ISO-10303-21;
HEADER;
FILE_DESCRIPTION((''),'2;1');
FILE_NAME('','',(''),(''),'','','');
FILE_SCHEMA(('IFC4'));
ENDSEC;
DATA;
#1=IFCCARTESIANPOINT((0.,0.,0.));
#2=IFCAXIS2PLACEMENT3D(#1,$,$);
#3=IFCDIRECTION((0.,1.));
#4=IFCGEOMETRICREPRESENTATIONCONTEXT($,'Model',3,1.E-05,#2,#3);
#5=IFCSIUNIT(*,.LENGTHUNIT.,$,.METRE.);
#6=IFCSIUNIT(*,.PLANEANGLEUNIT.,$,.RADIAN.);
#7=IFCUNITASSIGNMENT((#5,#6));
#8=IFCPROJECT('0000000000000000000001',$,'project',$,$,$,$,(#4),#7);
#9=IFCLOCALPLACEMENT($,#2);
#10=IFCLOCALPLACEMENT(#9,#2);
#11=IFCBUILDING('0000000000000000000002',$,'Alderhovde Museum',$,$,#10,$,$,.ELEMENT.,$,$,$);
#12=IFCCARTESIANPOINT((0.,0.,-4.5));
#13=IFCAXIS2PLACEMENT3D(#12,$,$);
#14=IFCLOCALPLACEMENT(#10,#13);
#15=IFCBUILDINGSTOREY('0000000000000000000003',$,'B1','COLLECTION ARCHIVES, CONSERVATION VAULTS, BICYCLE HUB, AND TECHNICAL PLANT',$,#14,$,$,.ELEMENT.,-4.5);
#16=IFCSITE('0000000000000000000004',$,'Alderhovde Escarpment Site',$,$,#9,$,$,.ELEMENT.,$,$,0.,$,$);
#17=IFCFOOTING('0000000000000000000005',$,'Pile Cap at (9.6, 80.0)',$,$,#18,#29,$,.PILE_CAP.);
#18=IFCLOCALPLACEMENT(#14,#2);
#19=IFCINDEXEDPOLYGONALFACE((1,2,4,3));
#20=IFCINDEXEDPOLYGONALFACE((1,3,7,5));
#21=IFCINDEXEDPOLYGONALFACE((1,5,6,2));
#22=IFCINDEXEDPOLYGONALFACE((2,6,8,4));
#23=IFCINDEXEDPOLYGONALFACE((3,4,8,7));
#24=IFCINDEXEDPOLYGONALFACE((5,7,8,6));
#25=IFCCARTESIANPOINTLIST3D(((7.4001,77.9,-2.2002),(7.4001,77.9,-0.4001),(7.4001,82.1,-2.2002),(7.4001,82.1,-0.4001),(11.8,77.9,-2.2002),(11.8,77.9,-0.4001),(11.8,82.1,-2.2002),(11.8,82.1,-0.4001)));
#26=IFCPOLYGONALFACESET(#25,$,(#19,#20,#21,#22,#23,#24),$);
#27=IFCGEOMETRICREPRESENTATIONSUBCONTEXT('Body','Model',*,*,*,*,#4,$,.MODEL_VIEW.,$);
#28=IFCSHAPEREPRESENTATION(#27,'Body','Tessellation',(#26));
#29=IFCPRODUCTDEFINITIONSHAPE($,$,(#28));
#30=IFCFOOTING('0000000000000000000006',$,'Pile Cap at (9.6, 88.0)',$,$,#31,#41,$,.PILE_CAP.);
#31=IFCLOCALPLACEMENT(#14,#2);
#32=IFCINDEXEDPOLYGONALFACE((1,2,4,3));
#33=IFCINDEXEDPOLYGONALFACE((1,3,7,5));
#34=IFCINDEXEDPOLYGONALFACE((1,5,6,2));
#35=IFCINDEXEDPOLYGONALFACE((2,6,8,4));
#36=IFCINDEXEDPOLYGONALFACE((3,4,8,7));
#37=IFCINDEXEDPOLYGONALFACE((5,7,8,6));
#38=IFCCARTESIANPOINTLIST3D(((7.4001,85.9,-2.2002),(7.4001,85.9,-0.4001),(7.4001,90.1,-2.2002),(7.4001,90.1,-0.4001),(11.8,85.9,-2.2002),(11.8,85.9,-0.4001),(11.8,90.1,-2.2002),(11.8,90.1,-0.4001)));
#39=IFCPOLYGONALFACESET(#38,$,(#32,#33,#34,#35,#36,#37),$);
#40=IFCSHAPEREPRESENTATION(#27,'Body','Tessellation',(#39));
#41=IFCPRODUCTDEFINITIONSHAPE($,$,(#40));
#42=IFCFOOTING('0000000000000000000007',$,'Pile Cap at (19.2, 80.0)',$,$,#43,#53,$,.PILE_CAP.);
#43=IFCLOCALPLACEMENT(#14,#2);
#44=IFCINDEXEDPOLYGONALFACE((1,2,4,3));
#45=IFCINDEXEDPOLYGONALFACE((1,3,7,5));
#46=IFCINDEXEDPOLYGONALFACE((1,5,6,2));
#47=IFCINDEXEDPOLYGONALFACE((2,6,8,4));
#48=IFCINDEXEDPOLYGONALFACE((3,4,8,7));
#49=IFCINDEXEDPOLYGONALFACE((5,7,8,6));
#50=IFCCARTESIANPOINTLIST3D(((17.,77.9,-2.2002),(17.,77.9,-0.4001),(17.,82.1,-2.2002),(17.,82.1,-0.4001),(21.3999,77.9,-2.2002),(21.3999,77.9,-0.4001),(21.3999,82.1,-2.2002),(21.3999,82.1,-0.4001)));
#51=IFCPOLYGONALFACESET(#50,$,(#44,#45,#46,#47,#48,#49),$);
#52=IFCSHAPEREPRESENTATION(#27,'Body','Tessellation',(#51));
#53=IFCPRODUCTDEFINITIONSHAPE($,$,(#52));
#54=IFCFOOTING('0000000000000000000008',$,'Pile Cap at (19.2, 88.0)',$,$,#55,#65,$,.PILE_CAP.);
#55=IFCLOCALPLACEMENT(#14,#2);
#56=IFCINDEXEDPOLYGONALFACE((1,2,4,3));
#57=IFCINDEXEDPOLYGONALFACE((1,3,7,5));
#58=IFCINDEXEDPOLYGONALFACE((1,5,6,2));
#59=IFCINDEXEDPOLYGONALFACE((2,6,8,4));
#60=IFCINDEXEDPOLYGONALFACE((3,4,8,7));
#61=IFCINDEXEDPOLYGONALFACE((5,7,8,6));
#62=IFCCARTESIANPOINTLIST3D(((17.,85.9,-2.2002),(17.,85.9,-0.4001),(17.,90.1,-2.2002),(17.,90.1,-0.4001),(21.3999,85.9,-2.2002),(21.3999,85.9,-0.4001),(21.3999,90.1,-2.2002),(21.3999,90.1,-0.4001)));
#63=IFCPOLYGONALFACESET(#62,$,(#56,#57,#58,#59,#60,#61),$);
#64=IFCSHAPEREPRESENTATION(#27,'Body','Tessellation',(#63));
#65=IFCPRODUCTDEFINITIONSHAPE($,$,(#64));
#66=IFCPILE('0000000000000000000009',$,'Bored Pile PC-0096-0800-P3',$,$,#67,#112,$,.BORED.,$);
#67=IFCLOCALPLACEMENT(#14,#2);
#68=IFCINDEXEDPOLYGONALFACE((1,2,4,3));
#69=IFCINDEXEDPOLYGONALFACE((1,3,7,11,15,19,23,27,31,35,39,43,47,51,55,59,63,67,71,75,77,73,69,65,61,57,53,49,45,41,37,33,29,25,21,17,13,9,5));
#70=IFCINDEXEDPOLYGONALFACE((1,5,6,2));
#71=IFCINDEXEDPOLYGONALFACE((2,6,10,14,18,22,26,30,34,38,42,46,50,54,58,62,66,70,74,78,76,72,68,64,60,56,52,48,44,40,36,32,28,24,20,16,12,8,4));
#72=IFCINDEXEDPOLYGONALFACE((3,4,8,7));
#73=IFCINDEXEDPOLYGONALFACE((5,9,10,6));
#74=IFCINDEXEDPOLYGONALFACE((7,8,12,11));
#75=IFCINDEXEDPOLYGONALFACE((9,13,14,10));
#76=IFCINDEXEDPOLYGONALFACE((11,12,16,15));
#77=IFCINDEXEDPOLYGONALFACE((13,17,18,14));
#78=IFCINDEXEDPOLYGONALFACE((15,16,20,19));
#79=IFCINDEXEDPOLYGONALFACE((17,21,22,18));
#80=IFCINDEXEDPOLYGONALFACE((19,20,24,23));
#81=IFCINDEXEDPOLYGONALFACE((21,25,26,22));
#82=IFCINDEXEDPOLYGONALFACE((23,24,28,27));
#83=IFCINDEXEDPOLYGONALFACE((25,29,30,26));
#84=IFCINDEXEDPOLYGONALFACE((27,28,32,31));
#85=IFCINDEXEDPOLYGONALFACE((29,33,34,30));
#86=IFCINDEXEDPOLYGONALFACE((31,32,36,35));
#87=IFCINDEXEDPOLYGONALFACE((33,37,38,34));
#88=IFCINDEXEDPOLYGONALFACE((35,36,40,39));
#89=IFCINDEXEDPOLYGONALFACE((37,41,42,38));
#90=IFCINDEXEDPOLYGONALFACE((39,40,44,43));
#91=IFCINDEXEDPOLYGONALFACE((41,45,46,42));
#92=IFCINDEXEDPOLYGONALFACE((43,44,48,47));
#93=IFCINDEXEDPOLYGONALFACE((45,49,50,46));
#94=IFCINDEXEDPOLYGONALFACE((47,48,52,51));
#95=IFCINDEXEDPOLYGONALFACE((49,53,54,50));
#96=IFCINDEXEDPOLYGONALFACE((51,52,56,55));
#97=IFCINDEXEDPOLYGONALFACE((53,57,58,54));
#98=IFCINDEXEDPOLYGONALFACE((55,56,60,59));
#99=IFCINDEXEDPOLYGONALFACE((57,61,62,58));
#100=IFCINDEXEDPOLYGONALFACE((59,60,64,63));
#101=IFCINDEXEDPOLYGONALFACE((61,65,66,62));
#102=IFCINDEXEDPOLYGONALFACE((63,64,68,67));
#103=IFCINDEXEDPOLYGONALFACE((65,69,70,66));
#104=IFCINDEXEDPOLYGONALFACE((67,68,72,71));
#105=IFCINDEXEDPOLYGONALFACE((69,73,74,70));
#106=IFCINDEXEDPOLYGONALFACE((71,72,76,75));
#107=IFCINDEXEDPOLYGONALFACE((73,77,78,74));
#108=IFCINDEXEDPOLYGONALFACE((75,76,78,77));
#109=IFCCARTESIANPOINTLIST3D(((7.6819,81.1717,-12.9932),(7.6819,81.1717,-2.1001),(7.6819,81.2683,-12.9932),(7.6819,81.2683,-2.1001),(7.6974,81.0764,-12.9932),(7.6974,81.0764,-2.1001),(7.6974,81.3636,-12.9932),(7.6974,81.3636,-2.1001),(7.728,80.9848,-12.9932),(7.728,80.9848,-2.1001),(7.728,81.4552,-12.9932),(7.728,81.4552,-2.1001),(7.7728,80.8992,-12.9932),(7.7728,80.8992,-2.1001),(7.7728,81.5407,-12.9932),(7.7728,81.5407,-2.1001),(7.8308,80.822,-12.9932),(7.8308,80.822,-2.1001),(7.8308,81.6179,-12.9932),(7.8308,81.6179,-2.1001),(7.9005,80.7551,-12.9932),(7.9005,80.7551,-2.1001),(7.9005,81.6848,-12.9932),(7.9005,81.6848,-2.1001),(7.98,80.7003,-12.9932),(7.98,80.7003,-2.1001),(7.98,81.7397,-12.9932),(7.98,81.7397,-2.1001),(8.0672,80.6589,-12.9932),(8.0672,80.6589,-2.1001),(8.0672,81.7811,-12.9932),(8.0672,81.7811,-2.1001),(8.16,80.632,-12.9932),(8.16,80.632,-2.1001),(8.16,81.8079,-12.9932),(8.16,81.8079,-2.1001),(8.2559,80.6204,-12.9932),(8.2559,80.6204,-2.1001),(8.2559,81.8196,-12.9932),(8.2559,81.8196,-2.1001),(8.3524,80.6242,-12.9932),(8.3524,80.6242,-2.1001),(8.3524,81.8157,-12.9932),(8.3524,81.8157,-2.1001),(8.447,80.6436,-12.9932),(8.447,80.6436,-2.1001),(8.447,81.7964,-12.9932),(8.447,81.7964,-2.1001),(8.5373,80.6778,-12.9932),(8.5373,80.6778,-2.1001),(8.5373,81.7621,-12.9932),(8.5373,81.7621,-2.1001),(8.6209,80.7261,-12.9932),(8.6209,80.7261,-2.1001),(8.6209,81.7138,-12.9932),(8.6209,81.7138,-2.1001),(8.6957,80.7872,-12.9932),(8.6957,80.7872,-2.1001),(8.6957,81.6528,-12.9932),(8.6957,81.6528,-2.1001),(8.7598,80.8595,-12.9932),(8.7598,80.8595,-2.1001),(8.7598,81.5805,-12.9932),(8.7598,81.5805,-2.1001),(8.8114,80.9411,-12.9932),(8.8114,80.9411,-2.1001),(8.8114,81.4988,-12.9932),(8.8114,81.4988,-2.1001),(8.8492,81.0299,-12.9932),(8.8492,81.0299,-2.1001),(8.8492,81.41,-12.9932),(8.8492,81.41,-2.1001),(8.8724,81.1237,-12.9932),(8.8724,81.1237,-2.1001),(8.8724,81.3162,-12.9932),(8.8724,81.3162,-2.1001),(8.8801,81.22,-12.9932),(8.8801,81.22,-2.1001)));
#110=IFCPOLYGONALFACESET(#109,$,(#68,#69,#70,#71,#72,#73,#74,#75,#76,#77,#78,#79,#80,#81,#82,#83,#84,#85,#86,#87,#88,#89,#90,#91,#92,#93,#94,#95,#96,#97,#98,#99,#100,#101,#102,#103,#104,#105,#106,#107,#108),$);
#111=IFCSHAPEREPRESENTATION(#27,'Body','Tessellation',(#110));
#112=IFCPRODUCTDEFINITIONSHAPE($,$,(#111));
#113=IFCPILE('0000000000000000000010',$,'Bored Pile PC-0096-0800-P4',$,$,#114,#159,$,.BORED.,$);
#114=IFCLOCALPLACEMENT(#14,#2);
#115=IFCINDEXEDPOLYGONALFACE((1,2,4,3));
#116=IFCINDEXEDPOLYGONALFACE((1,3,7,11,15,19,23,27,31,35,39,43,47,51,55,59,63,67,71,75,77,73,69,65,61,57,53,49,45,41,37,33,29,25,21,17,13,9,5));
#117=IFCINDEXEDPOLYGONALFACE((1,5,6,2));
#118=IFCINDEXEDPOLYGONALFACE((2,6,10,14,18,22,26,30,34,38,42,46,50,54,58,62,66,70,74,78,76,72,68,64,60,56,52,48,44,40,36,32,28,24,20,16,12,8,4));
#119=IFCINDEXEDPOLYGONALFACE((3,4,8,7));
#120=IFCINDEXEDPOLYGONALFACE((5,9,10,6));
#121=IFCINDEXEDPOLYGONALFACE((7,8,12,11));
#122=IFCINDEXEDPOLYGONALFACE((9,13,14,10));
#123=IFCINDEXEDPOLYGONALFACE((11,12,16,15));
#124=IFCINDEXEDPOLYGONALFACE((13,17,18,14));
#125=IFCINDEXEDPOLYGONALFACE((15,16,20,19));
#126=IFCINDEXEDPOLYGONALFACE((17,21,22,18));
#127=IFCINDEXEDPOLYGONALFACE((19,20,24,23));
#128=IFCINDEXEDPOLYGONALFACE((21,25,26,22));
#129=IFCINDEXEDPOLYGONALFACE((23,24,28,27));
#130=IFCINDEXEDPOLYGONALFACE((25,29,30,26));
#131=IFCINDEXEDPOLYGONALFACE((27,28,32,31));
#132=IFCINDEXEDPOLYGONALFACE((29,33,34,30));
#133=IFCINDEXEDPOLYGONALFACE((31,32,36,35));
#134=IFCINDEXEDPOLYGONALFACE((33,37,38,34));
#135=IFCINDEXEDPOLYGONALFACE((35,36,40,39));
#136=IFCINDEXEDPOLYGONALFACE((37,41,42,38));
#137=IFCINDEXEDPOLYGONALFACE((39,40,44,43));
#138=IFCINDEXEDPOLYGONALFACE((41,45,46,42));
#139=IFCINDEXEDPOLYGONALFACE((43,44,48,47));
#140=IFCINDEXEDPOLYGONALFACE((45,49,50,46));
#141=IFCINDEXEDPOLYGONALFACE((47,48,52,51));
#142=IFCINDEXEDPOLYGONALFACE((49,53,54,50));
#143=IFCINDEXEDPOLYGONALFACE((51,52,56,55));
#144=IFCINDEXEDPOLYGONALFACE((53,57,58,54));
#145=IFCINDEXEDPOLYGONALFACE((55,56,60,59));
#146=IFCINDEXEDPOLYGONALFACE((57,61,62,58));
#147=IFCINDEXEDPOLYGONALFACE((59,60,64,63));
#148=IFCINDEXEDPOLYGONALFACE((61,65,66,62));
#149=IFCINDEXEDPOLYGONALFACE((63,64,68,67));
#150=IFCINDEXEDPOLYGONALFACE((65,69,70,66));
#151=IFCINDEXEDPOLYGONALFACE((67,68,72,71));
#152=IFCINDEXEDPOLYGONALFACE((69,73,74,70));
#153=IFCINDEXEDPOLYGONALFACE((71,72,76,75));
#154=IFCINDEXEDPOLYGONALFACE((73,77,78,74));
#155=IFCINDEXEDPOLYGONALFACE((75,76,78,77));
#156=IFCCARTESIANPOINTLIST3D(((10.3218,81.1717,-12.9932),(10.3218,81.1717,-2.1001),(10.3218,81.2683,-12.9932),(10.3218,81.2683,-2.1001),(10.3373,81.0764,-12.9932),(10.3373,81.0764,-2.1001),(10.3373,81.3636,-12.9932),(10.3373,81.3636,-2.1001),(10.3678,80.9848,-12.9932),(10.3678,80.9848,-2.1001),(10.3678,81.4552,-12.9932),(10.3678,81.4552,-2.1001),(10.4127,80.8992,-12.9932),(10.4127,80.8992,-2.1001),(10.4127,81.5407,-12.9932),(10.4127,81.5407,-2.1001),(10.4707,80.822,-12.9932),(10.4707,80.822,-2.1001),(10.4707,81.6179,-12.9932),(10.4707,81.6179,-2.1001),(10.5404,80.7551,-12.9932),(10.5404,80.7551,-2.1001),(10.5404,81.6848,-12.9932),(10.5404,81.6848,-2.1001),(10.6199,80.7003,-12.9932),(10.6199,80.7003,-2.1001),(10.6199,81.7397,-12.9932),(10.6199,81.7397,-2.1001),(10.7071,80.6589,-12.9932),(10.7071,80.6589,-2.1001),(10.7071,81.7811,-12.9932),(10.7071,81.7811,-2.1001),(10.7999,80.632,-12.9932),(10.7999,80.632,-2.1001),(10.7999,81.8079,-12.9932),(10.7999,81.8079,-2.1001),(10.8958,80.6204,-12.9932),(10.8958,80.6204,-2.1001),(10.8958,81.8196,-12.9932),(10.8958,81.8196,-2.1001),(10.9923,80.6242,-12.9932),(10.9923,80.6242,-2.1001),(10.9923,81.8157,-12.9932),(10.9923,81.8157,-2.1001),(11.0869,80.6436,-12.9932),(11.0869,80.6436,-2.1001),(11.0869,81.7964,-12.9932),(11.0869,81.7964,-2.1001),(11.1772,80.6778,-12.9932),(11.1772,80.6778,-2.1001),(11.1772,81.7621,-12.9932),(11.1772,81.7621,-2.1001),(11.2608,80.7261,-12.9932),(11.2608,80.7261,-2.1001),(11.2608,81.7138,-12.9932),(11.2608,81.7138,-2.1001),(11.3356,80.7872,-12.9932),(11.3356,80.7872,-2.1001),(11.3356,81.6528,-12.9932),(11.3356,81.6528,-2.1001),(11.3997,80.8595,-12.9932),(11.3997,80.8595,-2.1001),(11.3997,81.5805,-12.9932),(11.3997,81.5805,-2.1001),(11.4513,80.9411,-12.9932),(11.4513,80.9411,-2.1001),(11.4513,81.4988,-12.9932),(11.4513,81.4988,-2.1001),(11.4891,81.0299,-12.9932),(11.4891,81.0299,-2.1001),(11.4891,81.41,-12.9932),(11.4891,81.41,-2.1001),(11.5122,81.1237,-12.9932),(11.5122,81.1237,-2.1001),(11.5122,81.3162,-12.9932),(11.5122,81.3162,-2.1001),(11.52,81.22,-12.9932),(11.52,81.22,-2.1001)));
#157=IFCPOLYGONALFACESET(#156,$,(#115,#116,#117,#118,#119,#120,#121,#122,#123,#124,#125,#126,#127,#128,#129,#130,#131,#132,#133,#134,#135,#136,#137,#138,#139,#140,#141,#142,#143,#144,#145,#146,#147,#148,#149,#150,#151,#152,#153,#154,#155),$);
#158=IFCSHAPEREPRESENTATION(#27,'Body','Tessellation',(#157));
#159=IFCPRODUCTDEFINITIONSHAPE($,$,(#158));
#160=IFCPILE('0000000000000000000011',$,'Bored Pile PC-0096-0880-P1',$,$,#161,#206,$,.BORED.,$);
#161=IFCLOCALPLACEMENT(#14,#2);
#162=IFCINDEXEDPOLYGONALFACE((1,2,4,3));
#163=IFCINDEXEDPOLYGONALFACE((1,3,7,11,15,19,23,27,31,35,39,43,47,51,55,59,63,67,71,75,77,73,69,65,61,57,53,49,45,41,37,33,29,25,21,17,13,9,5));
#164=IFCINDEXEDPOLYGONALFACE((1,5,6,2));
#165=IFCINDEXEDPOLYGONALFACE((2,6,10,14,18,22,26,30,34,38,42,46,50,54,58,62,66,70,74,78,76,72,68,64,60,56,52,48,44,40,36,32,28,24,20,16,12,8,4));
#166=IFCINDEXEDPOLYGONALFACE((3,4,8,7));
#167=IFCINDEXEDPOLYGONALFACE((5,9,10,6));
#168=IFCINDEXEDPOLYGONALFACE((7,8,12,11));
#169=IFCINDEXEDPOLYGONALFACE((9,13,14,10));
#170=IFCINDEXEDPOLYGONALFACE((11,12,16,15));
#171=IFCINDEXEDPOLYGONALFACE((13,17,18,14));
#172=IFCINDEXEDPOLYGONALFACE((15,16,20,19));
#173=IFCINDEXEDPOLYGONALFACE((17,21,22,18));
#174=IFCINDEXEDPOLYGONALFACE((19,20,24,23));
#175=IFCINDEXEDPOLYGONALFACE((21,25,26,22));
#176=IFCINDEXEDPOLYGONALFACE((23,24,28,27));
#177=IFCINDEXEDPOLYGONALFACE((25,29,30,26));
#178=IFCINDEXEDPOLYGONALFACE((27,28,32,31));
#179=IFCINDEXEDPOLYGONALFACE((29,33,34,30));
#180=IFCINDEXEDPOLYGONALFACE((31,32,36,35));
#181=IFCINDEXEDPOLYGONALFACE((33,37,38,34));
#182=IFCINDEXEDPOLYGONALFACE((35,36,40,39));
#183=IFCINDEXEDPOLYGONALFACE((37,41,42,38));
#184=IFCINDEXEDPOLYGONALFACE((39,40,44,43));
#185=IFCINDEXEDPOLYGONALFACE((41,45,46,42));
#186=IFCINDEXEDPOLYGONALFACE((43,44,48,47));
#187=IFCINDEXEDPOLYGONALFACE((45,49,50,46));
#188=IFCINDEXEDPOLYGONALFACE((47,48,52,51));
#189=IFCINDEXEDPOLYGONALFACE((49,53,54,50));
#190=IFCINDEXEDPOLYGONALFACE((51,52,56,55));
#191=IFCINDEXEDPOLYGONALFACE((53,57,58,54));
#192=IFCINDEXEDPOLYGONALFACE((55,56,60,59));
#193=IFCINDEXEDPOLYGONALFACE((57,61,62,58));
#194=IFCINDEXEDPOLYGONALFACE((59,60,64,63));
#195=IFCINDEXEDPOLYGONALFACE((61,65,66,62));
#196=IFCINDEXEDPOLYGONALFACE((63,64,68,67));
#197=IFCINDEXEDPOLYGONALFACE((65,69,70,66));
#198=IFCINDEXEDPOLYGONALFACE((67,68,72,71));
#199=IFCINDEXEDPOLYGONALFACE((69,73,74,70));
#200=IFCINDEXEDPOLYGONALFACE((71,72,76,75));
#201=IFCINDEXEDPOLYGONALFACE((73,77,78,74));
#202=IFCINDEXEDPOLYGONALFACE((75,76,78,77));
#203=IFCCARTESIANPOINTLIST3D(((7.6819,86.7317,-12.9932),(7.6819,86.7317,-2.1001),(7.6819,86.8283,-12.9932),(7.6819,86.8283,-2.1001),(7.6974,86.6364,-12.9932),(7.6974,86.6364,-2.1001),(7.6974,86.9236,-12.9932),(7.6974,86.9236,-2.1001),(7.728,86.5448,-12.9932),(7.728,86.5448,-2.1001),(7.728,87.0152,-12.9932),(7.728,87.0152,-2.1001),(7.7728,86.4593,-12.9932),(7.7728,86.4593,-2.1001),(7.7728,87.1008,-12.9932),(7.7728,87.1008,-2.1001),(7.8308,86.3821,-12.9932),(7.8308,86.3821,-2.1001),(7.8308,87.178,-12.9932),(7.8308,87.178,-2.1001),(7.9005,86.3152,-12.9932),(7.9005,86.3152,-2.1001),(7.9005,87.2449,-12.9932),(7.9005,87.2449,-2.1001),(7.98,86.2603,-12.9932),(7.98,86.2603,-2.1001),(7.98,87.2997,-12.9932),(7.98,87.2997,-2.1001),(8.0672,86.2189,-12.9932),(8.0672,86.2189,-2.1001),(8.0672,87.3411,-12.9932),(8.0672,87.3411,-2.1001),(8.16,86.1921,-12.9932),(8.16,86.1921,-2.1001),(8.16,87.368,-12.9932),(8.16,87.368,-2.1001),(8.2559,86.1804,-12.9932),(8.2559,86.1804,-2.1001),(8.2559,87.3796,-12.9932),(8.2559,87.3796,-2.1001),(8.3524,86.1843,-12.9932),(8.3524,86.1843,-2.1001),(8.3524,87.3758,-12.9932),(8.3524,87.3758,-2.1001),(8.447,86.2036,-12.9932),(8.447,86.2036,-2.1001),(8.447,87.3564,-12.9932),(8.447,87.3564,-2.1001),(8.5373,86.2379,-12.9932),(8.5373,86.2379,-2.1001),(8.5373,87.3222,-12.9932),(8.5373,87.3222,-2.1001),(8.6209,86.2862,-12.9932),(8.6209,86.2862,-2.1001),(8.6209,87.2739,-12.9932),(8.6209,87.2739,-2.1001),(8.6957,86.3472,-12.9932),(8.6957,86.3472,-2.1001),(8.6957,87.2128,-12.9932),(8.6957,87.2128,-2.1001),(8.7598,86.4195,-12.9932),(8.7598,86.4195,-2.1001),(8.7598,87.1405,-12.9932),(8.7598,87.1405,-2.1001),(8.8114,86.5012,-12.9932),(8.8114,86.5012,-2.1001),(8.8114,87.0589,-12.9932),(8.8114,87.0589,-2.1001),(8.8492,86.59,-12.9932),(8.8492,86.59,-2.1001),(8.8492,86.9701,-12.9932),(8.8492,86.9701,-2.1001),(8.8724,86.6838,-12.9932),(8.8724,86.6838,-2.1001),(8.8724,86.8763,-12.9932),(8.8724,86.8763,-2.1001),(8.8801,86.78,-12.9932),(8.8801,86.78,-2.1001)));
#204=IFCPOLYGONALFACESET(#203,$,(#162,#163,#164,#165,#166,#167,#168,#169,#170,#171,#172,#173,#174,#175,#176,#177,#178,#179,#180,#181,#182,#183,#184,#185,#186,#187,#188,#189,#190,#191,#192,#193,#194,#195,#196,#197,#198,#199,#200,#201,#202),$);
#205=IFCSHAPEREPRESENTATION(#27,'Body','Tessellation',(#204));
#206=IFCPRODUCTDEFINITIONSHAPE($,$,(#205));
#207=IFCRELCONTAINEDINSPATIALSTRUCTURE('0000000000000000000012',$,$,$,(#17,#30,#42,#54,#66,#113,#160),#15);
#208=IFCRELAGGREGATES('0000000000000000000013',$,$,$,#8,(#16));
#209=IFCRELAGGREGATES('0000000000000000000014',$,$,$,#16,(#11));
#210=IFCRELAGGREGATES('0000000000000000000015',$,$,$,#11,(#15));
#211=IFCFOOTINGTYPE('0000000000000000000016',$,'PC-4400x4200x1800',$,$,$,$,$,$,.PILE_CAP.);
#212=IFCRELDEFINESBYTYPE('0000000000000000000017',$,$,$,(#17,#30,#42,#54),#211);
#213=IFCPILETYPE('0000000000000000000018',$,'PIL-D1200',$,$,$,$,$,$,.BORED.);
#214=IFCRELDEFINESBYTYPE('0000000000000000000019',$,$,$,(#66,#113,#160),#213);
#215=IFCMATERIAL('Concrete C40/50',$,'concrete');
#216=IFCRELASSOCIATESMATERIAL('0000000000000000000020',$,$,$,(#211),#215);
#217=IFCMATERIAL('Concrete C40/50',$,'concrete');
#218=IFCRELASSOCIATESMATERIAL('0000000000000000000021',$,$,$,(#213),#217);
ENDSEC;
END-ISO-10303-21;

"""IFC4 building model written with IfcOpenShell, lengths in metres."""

from ifc_helpers import new_model, si_unit, direction, frame, origin, origin_2d, place, context, subcontext, project, spatial, rectangle, circle, extrude, material, material_profile, profile_set, type_object, element, save


model = new_model("IFC4")

# Units and contexts
model_context = context("Model", 3, precision=1e-05, world=origin(), true_north=direction((0.0, 1.0)))
body_context = subcontext(model_context, "Body", "Model", "MODEL_VIEW")
ifc_project = project(units=[si_unit("LENGTHUNIT", "METRE"), si_unit("PLANEANGLEUNIT", "RADIAN")], contexts=[model_context])

# Site, building, storey
site_placement = place(None, origin())
site = spatial("IfcSite", under=ifc_project, at=site_placement, Name="Alderhovde Escarpment Site", CompositionType="ELEMENT", RefElevation=0.0)
building_placement = place(site_placement, origin())
building = spatial("IfcBuilding", under=site, at=building_placement, Name="Alderhovde Museum", CompositionType="ELEMENT")
storey_placement = place(building_placement, frame((0.0, 0.0, -4.5)))
storey = spatial("IfcBuildingStorey", under=building, at=storey_placement, Name="B1", Description="COLLECTION ARCHIVES, CONSERVATION VAULTS, BICYCLE HUB, AND TECHNICAL PLANT", CompositionType="ELEMENT", Elevation=-4.5)

# Footings
ifc_material_1 = material(Name="Concrete C40/50", Category="concrete")
footing_type = type_object("IfcFootingType", Name="PC-4400x4200x1800", PredefinedType="PILE_CAP", material=ifc_material_1)
for number, where, z_axis, x_axis, name in (
    (1, (9.6001, 80.0, -2.2002), (0.0, 0.0, 1.0), (1.0, 0.0, 0.0), "Pile Cap at (9.6, 80.0)"),
    (2, (9.6001, 88.0, -2.2002), (0.0, 0.0, 1.0), (1.0, 0.0, 0.0), "Pile Cap at (9.6, 88.0)"),
    (3, (19.2, 80.0, -2.2002), (0.0, 0.0, 1.0), (1.0, 0.0, 0.0), "Pile Cap at (19.2, 80.0)"),
    (4, (19.2, 88.0, -2.2002), (0.0, 0.0, 1.0), (1.0, 0.0, 0.0), "Pile Cap at (19.2, 88.0)"),
):
    element("IfcFooting", number, at=place(storey_placement, frame(where, z_axis=z_axis, x_axis=x_axis)), inside=storey, type_object=footing_type, Name=name, PredefinedType="PILE_CAP", context=body_context, shape_type="SweptSolid", body=[
        extrude(rectangle(XDim=4.3999, YDim=4.2, at=origin_2d()), origin(), (0.0, 0.0, 1.0), 1.8),
    ])

# Piles
ifc_material_2 = material(Name="Concrete C40/50", Category="concrete")
ifc_material_profile_1 = material_profile(ifc_material_2, circle(Radius=0.6001, at=origin_2d()), Name="PILE-D1200")
ifc_profile_set_1 = profile_set([ifc_material_profile_1], Name="Concrete C40/50")
pile_type = type_object("IfcPileType", Name="PIL-D1200", PredefinedType="BORED", material=ifc_profile_set_1)
for number, where, z_axis, x_axis, name in (
    (5, (8.28, 81.22, -2.1001), (0.0, 0.0, -1.0), (1.0, 0.0, 0.0), "Bored Pile PC-0096-0800-P3"),
    (6, (10.9199, 81.22, -2.1001), (0.0, 0.0, -1.0), (1.0, 0.0, 0.0), "Bored Pile PC-0096-0800-P4"),
    (7, (8.28, 86.78, -2.1001), (0.0, 0.0, -1.0), (1.0, 0.0, 0.0), "Bored Pile PC-0096-0880-P1"),
):
    element("IfcPile", number, at=place(storey_placement, frame(where, z_axis=z_axis, x_axis=x_axis)), inside=storey, type_object=pile_type, Name=name, PredefinedType="BORED", context=body_context, shape_type="SweptSolid", body=[
        extrude(circle(Radius=0.6001, at=origin_2d()), origin(), (0.0, 0.0, 1.0), 10.8931),
    ])

save(model, "model.ifc")
